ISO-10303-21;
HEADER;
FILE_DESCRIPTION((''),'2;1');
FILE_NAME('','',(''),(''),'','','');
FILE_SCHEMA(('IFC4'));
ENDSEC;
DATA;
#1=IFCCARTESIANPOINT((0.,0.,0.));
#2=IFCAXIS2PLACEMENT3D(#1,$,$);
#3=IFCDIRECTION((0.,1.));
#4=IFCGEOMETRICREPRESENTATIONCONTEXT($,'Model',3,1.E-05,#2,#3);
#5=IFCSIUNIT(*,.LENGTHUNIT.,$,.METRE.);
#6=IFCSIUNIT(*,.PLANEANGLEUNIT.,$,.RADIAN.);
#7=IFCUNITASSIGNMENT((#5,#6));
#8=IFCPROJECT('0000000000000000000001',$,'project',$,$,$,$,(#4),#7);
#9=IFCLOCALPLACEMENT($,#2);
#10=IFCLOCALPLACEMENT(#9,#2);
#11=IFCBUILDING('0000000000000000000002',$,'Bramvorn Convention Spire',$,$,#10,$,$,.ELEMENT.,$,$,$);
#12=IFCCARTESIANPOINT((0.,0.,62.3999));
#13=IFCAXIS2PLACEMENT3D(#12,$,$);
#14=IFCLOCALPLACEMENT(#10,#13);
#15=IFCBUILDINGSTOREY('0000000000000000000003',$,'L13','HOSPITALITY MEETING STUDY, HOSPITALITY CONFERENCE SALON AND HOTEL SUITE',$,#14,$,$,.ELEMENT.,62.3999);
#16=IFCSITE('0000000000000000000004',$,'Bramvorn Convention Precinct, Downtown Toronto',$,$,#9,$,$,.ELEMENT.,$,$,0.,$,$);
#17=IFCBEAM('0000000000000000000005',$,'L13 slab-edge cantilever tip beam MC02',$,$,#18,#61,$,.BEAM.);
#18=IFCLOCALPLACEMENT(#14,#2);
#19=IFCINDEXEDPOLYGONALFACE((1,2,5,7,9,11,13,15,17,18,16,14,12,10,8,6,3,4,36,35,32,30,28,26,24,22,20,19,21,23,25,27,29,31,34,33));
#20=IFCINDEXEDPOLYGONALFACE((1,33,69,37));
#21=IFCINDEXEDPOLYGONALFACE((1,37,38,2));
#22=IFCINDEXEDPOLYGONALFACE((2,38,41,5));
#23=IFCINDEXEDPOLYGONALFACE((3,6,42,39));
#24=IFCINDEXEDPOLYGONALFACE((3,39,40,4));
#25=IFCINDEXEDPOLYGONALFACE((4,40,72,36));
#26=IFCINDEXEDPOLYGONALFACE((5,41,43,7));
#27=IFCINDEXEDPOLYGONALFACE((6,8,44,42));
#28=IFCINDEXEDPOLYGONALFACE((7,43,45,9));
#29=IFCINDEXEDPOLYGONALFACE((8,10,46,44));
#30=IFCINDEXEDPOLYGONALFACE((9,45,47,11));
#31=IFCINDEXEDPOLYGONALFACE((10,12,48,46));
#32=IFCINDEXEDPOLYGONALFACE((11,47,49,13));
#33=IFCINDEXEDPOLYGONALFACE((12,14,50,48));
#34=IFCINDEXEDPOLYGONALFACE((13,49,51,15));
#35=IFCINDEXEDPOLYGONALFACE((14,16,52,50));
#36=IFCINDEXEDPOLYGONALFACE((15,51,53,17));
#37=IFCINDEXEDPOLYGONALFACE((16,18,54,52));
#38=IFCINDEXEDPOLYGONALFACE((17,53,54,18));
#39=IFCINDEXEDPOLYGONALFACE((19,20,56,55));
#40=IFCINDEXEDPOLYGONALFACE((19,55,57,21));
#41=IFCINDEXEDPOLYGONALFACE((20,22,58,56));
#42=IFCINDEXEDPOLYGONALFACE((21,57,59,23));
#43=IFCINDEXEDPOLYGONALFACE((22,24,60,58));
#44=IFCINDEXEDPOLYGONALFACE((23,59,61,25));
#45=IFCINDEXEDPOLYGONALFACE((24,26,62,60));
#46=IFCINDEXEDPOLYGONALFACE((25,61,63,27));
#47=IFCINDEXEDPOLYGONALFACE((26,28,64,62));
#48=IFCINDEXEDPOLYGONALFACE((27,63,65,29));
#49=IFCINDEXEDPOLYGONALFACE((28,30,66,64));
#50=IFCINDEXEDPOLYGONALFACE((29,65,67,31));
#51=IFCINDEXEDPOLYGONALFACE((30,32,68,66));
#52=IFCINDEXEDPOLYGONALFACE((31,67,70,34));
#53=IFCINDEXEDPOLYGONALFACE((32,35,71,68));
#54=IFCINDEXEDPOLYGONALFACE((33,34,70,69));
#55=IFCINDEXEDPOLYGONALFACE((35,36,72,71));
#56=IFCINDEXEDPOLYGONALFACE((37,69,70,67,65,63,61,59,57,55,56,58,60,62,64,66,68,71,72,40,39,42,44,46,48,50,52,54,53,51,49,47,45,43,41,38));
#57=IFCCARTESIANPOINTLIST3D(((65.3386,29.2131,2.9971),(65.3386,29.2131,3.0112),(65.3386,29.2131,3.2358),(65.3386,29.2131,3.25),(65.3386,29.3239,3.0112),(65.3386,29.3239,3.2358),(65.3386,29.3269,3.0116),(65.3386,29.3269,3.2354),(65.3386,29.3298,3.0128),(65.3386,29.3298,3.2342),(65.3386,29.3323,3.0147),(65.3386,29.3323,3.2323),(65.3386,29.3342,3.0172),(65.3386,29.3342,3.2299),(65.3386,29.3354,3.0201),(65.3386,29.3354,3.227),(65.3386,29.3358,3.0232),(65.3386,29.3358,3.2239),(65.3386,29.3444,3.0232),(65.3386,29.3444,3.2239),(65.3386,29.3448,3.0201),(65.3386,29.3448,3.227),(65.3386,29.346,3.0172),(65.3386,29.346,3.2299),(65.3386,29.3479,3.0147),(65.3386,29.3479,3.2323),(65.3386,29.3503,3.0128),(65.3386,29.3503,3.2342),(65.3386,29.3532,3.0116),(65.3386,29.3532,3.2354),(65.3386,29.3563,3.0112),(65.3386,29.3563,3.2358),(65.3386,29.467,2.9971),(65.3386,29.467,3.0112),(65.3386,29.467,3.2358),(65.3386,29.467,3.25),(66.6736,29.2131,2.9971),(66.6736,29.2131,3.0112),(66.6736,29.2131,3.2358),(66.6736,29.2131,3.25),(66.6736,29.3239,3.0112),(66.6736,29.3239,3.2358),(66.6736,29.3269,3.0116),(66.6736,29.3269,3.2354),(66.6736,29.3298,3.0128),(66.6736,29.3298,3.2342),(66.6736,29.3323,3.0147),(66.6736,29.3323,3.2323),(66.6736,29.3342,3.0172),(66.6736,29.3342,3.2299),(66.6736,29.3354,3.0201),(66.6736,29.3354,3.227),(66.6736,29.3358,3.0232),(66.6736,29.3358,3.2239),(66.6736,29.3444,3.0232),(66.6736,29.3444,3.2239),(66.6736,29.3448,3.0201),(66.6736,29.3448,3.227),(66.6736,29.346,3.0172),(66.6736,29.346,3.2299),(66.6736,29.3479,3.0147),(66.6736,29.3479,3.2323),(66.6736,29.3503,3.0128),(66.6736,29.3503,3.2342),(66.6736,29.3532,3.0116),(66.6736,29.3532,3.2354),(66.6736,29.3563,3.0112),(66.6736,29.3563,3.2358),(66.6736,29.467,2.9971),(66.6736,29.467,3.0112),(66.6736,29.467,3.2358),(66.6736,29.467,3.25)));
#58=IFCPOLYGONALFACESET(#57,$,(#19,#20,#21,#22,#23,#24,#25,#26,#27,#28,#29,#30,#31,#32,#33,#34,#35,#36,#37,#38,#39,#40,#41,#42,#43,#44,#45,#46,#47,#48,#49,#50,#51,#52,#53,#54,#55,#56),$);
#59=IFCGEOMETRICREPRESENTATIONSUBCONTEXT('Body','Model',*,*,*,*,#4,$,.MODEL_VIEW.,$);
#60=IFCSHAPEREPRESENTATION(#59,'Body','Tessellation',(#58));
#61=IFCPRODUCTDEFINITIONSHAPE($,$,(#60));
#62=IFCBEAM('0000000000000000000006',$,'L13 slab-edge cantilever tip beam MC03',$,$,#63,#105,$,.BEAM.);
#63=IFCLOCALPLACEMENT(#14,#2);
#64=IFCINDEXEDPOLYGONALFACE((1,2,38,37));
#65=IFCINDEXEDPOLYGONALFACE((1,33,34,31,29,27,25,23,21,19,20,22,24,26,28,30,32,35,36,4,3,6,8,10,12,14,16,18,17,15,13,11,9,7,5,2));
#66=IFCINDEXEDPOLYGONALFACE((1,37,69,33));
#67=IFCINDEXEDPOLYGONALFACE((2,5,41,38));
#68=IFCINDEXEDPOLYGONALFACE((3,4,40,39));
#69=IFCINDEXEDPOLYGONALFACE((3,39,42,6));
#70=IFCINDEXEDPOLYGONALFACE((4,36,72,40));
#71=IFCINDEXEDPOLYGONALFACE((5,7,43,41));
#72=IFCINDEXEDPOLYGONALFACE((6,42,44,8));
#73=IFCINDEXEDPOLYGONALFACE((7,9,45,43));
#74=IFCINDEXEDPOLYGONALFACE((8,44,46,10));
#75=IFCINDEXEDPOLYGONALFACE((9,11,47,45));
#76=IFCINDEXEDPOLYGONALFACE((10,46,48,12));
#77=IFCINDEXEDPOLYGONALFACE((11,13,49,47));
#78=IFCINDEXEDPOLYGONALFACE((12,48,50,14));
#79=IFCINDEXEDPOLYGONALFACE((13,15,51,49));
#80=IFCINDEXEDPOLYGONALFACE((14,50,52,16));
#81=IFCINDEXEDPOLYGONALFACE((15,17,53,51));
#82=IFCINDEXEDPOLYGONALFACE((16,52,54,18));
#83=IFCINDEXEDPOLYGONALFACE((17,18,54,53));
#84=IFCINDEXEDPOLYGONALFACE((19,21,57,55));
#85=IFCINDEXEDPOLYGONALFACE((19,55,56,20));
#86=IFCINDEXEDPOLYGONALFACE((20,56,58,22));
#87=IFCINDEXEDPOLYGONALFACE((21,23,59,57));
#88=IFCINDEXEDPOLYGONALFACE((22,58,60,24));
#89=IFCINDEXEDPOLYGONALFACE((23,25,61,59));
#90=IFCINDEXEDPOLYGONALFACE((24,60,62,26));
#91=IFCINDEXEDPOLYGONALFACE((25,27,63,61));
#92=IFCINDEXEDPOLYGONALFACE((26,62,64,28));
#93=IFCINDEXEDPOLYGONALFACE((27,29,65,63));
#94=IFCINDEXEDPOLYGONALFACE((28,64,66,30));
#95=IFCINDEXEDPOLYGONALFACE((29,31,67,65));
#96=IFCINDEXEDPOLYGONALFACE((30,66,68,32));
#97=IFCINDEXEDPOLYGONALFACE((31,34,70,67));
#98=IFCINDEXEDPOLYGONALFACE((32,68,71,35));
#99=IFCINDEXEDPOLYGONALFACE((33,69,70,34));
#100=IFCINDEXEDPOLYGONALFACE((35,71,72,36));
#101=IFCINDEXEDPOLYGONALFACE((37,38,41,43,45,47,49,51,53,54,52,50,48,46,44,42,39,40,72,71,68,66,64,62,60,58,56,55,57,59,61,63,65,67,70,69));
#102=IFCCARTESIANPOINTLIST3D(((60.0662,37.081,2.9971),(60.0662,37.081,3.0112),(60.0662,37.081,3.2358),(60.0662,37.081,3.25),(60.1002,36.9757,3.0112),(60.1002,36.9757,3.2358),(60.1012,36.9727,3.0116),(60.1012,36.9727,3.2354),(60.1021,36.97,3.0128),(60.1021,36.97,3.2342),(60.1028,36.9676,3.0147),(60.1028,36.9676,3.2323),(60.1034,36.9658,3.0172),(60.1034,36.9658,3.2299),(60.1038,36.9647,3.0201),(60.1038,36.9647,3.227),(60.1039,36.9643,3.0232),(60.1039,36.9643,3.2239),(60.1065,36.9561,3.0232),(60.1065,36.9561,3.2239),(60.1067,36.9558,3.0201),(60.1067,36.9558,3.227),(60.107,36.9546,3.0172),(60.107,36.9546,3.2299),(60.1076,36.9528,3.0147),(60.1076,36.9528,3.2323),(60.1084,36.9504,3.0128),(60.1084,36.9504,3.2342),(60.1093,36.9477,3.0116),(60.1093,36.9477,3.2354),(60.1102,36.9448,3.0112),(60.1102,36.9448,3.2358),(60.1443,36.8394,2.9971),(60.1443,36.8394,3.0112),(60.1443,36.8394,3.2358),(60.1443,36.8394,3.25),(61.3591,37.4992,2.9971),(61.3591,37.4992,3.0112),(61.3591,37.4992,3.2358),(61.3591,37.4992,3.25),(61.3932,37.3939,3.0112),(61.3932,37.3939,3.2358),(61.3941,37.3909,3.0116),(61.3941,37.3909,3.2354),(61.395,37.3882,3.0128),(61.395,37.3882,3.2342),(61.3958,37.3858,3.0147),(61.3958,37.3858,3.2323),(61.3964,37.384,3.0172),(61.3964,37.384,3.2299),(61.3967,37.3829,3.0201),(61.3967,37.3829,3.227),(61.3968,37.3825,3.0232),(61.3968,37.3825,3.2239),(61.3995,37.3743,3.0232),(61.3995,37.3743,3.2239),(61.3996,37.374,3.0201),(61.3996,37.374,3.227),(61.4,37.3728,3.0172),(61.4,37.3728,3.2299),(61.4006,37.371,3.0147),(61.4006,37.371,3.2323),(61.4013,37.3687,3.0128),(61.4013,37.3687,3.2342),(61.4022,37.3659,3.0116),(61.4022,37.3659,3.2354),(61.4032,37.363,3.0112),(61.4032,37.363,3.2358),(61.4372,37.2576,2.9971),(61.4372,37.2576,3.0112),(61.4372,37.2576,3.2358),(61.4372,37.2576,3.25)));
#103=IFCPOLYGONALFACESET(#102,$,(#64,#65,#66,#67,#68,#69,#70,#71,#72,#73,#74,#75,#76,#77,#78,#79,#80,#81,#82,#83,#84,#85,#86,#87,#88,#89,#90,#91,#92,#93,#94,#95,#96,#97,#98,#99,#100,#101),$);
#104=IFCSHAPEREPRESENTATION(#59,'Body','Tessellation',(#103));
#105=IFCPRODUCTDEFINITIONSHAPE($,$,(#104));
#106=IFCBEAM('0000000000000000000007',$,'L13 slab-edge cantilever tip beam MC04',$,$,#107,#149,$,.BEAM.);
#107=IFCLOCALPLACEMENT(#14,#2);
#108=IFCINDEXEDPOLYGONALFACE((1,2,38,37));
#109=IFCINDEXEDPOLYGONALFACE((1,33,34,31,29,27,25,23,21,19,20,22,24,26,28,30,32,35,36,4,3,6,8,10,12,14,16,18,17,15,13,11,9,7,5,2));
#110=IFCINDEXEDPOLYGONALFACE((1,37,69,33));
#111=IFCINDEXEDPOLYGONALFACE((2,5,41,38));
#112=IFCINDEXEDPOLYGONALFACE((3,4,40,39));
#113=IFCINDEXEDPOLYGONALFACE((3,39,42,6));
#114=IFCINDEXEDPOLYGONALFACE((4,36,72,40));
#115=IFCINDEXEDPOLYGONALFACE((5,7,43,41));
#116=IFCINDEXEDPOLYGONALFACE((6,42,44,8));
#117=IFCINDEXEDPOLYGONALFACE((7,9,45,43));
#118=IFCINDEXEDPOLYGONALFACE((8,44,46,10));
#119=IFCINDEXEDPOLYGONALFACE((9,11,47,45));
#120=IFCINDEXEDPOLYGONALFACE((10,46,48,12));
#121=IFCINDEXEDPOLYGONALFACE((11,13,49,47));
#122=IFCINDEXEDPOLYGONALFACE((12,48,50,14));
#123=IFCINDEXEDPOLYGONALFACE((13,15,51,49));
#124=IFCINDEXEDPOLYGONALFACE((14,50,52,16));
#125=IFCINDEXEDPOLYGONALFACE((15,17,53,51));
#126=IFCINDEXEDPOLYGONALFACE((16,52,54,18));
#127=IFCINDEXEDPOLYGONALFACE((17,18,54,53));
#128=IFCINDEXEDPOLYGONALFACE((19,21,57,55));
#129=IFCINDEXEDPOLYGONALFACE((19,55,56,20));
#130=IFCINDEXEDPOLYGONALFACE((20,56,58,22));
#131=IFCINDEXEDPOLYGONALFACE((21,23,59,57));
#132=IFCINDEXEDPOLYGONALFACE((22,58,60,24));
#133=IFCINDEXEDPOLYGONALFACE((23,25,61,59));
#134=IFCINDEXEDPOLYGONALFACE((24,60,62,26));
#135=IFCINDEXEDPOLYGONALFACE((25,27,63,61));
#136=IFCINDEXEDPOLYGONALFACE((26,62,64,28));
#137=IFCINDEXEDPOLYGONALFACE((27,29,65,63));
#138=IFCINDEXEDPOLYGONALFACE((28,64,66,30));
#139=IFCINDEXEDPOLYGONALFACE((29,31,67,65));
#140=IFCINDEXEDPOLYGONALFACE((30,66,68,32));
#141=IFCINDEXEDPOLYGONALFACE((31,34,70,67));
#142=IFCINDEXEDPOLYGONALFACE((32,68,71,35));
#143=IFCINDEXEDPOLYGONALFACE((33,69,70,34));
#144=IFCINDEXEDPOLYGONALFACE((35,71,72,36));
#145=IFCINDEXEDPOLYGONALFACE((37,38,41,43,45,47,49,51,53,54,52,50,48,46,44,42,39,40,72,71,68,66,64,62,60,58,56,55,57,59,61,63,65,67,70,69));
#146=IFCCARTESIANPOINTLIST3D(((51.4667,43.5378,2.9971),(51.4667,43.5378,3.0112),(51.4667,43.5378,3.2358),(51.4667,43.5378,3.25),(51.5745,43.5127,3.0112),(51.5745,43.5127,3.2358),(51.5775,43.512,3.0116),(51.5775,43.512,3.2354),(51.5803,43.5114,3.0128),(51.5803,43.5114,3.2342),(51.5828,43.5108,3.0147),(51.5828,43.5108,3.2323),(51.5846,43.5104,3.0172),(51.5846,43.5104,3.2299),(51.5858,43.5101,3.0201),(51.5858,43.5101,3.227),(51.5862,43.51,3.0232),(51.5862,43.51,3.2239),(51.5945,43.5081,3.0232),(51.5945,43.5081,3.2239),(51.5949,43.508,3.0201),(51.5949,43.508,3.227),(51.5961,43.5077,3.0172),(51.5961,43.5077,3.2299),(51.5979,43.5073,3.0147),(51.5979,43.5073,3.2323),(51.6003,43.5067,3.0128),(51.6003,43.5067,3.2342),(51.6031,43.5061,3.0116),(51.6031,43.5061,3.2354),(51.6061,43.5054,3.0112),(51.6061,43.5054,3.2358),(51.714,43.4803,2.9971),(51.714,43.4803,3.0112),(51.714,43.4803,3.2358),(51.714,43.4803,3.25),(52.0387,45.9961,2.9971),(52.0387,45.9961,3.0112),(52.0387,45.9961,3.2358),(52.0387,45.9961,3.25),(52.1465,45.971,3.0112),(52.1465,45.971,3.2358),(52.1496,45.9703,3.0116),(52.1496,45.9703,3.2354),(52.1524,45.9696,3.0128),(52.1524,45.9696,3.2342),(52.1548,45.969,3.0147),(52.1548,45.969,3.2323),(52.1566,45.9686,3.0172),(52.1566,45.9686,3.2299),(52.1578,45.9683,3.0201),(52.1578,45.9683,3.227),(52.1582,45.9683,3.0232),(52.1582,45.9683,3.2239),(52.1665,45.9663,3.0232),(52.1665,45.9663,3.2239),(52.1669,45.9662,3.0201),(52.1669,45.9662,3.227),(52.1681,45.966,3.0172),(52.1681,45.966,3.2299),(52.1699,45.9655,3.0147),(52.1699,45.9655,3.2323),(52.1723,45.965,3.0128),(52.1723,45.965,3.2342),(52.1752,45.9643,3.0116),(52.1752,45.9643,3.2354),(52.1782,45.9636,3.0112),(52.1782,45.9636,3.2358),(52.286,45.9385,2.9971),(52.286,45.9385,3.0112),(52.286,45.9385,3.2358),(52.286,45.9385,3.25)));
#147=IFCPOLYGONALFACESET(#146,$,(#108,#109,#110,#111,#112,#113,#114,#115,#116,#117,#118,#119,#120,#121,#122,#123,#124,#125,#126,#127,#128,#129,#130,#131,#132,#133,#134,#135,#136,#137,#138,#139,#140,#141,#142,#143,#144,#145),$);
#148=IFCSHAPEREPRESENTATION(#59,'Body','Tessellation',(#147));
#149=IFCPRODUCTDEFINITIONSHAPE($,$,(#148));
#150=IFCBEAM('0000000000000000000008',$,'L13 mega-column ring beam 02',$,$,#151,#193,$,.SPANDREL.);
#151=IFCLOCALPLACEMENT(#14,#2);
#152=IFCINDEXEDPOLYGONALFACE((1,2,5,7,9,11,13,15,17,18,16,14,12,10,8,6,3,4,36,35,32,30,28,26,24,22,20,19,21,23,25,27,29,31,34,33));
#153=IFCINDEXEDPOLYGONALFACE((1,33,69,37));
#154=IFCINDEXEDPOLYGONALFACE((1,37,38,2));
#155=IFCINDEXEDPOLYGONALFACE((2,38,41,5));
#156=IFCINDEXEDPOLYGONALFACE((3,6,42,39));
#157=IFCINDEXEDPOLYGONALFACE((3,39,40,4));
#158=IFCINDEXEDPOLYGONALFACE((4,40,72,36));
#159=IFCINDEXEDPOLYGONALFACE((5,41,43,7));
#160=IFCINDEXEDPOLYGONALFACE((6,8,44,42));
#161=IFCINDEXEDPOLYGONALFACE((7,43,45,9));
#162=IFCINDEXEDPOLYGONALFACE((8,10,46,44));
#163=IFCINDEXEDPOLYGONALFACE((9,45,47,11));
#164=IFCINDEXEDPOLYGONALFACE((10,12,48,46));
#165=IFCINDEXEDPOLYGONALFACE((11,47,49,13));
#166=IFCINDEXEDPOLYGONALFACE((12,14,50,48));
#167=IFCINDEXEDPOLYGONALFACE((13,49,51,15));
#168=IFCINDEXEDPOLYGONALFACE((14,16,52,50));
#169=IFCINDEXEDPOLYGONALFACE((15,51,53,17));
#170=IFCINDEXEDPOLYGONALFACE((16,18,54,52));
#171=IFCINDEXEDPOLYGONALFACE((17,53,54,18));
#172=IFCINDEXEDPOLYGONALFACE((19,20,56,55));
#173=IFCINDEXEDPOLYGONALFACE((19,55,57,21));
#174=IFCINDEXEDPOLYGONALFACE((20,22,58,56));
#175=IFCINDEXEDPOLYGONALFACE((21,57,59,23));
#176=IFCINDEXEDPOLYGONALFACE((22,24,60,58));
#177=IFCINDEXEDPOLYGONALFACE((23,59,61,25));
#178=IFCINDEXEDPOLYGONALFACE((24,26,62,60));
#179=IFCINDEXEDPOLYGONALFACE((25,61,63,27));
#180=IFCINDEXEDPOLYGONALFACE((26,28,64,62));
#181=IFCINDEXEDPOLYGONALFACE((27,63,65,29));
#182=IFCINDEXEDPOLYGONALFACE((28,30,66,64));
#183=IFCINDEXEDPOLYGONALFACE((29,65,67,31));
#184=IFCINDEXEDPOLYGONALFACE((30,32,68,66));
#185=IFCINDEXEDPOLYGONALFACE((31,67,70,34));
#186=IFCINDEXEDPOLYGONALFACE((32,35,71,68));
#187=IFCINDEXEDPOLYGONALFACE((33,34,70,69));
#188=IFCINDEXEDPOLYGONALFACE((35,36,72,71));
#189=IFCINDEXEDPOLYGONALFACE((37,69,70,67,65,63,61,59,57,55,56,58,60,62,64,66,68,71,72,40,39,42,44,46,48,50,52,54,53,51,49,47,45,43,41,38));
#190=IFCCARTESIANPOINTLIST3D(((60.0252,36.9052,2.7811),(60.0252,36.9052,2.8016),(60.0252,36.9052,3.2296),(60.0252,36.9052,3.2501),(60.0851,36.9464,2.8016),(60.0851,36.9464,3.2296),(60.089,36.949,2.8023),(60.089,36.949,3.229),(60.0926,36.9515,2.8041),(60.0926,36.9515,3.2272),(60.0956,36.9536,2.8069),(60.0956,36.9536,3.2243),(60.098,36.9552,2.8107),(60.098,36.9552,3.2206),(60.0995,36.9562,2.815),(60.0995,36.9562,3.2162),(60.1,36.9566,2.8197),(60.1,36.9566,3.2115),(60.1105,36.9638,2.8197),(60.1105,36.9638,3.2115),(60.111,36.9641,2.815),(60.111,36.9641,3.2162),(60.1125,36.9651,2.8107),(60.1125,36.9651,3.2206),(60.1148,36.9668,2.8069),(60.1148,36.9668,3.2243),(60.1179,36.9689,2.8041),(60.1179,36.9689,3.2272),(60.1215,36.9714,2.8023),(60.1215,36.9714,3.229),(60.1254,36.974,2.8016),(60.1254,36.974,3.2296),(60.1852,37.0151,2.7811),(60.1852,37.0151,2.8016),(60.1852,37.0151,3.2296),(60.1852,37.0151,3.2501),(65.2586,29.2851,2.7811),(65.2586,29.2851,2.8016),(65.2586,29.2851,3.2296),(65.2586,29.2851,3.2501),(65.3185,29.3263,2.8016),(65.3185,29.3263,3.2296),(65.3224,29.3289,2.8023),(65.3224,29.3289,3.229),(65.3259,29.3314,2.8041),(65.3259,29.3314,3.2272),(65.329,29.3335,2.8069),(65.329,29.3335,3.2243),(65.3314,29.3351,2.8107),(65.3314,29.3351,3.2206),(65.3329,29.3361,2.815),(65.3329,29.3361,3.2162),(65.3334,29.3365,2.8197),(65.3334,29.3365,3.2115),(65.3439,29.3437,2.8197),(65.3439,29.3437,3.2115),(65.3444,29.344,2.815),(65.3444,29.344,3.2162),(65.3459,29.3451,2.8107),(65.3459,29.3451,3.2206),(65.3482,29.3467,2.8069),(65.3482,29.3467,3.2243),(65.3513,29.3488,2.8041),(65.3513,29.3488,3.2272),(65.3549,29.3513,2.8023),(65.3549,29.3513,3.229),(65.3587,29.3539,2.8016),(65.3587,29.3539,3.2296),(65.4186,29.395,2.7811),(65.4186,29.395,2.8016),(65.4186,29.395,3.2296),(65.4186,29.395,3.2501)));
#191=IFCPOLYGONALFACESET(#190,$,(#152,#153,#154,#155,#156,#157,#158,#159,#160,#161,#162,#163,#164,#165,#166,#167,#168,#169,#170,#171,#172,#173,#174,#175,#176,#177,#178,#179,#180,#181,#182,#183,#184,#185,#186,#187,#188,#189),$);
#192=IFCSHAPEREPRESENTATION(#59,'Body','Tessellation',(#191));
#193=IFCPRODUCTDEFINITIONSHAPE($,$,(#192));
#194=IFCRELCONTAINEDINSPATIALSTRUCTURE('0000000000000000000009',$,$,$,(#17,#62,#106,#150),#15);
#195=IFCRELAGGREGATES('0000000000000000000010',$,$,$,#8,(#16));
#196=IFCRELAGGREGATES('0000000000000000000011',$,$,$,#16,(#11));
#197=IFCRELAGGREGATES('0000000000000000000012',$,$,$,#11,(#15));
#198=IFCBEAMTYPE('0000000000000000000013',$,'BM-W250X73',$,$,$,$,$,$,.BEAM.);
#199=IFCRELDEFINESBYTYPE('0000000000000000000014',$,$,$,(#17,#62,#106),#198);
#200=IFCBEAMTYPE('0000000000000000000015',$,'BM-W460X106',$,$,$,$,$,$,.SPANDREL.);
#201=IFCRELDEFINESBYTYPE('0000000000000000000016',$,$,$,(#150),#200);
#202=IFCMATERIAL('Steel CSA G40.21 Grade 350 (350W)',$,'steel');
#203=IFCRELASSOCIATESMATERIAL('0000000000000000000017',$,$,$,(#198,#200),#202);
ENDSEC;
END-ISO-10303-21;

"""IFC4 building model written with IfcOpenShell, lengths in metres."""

from ifc_helpers import new_model, si_unit, direction, frame, origin, origin_2d, place, context, subcontext, project, spatial, i_section, extrude, material, material_profile, profile_set, type_object, element, save


model = new_model("IFC4")

# Units and contexts
model_context = context("Model", 3, precision=1e-05, world=origin(), true_north=direction((0.0, 1.0)))
body_context = subcontext(model_context, "Body", "Model", "MODEL_VIEW")
ifc_project = project(units=[si_unit("LENGTHUNIT", "METRE"), si_unit("PLANEANGLEUNIT", "RADIAN")], contexts=[model_context])

# Site, building, storey
site_placement = place(None, origin())
site = spatial("IfcSite", under=ifc_project, at=site_placement, Name="Bramvorn Convention Precinct, Downtown Toronto", CompositionType="ELEMENT", RefElevation=0.0)
building_placement = place(site_placement, origin())
building = spatial("IfcBuilding", under=site, at=building_placement, Name="Bramvorn Convention Spire", CompositionType="ELEMENT")
storey_placement = place(building_placement, frame((0.0, 0.0, 62.3999)))
storey = spatial("IfcBuildingStorey", under=building, at=storey_placement, Name="L13", Description="HOSPITALITY MEETING STUDY, HOSPITALITY CONFERENCE SALON AND HOTEL SUITE", CompositionType="ELEMENT", Elevation=62.3999)

# Shared definitions
ifc_material_1 = material(Name="Steel CSA G40.21 Grade 350 (350W)", Category="steel")

# Beams
ifc_material_profile_1 = material_profile(ifc_material_1, i_section(OverallWidth=0.2539, OverallDepth=0.2529, WebThickness=0.0085, FlangeThickness=0.0142, FilletRadius=0.012, at=origin_2d()))
ifc_profile_set_1 = profile_set([ifc_material_profile_1], Name="Steel CSA G40.21 Grade 350 (350W) - W250X73")
beam_type_1 = type_object("IfcBeamType", Name="BM-W250X73", PredefinedType="BEAM", material=ifc_profile_set_1)
beam_1_placement = place(storey_placement, frame((65.3386, 29.3401, 3.1235), z_axis=(1.0, 0.0, 0.0), x_axis=(0.0, 1.0, 0.0)))
element("IfcBeam", 1, at=beam_1_placement, inside=storey, type_object=beam_type_1, Name="L13 slab-edge cantilever tip beam MC02", PredefinedType="BEAM", context=body_context, shape_type="SweptSolid", body=[
    extrude(i_section(OverallWidth=0.2539, OverallDepth=0.2529, WebThickness=0.0085, FlangeThickness=0.0142, FilletRadius=0.012, at=origin_2d()), origin(), (0.0, 0.0, 1.0), 1.335),
])
beam_2_placement = place(storey_placement, frame((60.1052, 36.9602, 3.1235), z_axis=(0.951466, 0.307753, 0.0), x_axis=(-0.307753, 0.951466, 0.0)))
element("IfcBeam", 2, at=beam_2_placement, inside=storey, type_object=beam_type_1, Name="L13 slab-edge cantilever tip beam MC03", PredefinedType="BEAM", context=body_context, shape_type="SweptSolid", body=[
    extrude(i_section(OverallWidth=0.2539, OverallDepth=0.2529, WebThickness=0.0085, FlangeThickness=0.0142, FilletRadius=0.012, at=origin_2d()), origin(), (0.0, 0.0, 1.0), 1.3589),
])
beam_3_placement = place(storey_placement, frame((51.5903, 43.509, 3.1235), z_axis=(0.226639, 0.973979, 0.0), x_axis=(-0.973979, 0.226639, 0.0)))
element("IfcBeam", 3, at=beam_3_placement, inside=storey, type_object=beam_type_1, Name="L13 slab-edge cantilever tip beam MC04", PredefinedType="BEAM", context=body_context, shape_type="SweptSolid", body=[
    extrude(i_section(OverallWidth=0.2539, OverallDepth=0.2529, WebThickness=0.0085, FlangeThickness=0.0142, FilletRadius=0.012, at=origin_2d()), origin(), (0.0, 0.0, 1.0), 2.5239),
])
ifc_material_profile_2 = material_profile(ifc_material_1, i_section(OverallWidth=0.1941, OverallDepth=0.469, WebThickness=0.0127, FlangeThickness=0.0205, FilletRadius=0.0181, at=origin_2d()))
ifc_profile_set_2 = profile_set([ifc_material_profile_2], Name="Steel CSA G40.21 Grade 350 (350W) - W460X106")
beam_type_2 = type_object("IfcBeamType", Name="BM-W460X106", PredefinedType="SPANDREL", material=ifc_profile_set_2)
beam_4_placement = place(storey_placement, frame((65.3386, 29.3401, 3.0156), z_axis=(-0.56613, 0.824316, 0.0), x_axis=(-0.824316, -0.56613, 0.0)))
element("IfcBeam", 4, at=beam_4_placement, inside=storey, type_object=beam_type_2, Name="L13 mega-column ring beam 02", PredefinedType="SPANDREL", context=body_context, shape_type="SweptSolid", body=[
    extrude(i_section(OverallWidth=0.1941, OverallDepth=0.469, WebThickness=0.0127, FlangeThickness=0.0205, FilletRadius=0.0181, at=origin_2d()), origin(), (0.0, 0.0, 1.0), 9.2441),
])

save(model, "model.ifc")
